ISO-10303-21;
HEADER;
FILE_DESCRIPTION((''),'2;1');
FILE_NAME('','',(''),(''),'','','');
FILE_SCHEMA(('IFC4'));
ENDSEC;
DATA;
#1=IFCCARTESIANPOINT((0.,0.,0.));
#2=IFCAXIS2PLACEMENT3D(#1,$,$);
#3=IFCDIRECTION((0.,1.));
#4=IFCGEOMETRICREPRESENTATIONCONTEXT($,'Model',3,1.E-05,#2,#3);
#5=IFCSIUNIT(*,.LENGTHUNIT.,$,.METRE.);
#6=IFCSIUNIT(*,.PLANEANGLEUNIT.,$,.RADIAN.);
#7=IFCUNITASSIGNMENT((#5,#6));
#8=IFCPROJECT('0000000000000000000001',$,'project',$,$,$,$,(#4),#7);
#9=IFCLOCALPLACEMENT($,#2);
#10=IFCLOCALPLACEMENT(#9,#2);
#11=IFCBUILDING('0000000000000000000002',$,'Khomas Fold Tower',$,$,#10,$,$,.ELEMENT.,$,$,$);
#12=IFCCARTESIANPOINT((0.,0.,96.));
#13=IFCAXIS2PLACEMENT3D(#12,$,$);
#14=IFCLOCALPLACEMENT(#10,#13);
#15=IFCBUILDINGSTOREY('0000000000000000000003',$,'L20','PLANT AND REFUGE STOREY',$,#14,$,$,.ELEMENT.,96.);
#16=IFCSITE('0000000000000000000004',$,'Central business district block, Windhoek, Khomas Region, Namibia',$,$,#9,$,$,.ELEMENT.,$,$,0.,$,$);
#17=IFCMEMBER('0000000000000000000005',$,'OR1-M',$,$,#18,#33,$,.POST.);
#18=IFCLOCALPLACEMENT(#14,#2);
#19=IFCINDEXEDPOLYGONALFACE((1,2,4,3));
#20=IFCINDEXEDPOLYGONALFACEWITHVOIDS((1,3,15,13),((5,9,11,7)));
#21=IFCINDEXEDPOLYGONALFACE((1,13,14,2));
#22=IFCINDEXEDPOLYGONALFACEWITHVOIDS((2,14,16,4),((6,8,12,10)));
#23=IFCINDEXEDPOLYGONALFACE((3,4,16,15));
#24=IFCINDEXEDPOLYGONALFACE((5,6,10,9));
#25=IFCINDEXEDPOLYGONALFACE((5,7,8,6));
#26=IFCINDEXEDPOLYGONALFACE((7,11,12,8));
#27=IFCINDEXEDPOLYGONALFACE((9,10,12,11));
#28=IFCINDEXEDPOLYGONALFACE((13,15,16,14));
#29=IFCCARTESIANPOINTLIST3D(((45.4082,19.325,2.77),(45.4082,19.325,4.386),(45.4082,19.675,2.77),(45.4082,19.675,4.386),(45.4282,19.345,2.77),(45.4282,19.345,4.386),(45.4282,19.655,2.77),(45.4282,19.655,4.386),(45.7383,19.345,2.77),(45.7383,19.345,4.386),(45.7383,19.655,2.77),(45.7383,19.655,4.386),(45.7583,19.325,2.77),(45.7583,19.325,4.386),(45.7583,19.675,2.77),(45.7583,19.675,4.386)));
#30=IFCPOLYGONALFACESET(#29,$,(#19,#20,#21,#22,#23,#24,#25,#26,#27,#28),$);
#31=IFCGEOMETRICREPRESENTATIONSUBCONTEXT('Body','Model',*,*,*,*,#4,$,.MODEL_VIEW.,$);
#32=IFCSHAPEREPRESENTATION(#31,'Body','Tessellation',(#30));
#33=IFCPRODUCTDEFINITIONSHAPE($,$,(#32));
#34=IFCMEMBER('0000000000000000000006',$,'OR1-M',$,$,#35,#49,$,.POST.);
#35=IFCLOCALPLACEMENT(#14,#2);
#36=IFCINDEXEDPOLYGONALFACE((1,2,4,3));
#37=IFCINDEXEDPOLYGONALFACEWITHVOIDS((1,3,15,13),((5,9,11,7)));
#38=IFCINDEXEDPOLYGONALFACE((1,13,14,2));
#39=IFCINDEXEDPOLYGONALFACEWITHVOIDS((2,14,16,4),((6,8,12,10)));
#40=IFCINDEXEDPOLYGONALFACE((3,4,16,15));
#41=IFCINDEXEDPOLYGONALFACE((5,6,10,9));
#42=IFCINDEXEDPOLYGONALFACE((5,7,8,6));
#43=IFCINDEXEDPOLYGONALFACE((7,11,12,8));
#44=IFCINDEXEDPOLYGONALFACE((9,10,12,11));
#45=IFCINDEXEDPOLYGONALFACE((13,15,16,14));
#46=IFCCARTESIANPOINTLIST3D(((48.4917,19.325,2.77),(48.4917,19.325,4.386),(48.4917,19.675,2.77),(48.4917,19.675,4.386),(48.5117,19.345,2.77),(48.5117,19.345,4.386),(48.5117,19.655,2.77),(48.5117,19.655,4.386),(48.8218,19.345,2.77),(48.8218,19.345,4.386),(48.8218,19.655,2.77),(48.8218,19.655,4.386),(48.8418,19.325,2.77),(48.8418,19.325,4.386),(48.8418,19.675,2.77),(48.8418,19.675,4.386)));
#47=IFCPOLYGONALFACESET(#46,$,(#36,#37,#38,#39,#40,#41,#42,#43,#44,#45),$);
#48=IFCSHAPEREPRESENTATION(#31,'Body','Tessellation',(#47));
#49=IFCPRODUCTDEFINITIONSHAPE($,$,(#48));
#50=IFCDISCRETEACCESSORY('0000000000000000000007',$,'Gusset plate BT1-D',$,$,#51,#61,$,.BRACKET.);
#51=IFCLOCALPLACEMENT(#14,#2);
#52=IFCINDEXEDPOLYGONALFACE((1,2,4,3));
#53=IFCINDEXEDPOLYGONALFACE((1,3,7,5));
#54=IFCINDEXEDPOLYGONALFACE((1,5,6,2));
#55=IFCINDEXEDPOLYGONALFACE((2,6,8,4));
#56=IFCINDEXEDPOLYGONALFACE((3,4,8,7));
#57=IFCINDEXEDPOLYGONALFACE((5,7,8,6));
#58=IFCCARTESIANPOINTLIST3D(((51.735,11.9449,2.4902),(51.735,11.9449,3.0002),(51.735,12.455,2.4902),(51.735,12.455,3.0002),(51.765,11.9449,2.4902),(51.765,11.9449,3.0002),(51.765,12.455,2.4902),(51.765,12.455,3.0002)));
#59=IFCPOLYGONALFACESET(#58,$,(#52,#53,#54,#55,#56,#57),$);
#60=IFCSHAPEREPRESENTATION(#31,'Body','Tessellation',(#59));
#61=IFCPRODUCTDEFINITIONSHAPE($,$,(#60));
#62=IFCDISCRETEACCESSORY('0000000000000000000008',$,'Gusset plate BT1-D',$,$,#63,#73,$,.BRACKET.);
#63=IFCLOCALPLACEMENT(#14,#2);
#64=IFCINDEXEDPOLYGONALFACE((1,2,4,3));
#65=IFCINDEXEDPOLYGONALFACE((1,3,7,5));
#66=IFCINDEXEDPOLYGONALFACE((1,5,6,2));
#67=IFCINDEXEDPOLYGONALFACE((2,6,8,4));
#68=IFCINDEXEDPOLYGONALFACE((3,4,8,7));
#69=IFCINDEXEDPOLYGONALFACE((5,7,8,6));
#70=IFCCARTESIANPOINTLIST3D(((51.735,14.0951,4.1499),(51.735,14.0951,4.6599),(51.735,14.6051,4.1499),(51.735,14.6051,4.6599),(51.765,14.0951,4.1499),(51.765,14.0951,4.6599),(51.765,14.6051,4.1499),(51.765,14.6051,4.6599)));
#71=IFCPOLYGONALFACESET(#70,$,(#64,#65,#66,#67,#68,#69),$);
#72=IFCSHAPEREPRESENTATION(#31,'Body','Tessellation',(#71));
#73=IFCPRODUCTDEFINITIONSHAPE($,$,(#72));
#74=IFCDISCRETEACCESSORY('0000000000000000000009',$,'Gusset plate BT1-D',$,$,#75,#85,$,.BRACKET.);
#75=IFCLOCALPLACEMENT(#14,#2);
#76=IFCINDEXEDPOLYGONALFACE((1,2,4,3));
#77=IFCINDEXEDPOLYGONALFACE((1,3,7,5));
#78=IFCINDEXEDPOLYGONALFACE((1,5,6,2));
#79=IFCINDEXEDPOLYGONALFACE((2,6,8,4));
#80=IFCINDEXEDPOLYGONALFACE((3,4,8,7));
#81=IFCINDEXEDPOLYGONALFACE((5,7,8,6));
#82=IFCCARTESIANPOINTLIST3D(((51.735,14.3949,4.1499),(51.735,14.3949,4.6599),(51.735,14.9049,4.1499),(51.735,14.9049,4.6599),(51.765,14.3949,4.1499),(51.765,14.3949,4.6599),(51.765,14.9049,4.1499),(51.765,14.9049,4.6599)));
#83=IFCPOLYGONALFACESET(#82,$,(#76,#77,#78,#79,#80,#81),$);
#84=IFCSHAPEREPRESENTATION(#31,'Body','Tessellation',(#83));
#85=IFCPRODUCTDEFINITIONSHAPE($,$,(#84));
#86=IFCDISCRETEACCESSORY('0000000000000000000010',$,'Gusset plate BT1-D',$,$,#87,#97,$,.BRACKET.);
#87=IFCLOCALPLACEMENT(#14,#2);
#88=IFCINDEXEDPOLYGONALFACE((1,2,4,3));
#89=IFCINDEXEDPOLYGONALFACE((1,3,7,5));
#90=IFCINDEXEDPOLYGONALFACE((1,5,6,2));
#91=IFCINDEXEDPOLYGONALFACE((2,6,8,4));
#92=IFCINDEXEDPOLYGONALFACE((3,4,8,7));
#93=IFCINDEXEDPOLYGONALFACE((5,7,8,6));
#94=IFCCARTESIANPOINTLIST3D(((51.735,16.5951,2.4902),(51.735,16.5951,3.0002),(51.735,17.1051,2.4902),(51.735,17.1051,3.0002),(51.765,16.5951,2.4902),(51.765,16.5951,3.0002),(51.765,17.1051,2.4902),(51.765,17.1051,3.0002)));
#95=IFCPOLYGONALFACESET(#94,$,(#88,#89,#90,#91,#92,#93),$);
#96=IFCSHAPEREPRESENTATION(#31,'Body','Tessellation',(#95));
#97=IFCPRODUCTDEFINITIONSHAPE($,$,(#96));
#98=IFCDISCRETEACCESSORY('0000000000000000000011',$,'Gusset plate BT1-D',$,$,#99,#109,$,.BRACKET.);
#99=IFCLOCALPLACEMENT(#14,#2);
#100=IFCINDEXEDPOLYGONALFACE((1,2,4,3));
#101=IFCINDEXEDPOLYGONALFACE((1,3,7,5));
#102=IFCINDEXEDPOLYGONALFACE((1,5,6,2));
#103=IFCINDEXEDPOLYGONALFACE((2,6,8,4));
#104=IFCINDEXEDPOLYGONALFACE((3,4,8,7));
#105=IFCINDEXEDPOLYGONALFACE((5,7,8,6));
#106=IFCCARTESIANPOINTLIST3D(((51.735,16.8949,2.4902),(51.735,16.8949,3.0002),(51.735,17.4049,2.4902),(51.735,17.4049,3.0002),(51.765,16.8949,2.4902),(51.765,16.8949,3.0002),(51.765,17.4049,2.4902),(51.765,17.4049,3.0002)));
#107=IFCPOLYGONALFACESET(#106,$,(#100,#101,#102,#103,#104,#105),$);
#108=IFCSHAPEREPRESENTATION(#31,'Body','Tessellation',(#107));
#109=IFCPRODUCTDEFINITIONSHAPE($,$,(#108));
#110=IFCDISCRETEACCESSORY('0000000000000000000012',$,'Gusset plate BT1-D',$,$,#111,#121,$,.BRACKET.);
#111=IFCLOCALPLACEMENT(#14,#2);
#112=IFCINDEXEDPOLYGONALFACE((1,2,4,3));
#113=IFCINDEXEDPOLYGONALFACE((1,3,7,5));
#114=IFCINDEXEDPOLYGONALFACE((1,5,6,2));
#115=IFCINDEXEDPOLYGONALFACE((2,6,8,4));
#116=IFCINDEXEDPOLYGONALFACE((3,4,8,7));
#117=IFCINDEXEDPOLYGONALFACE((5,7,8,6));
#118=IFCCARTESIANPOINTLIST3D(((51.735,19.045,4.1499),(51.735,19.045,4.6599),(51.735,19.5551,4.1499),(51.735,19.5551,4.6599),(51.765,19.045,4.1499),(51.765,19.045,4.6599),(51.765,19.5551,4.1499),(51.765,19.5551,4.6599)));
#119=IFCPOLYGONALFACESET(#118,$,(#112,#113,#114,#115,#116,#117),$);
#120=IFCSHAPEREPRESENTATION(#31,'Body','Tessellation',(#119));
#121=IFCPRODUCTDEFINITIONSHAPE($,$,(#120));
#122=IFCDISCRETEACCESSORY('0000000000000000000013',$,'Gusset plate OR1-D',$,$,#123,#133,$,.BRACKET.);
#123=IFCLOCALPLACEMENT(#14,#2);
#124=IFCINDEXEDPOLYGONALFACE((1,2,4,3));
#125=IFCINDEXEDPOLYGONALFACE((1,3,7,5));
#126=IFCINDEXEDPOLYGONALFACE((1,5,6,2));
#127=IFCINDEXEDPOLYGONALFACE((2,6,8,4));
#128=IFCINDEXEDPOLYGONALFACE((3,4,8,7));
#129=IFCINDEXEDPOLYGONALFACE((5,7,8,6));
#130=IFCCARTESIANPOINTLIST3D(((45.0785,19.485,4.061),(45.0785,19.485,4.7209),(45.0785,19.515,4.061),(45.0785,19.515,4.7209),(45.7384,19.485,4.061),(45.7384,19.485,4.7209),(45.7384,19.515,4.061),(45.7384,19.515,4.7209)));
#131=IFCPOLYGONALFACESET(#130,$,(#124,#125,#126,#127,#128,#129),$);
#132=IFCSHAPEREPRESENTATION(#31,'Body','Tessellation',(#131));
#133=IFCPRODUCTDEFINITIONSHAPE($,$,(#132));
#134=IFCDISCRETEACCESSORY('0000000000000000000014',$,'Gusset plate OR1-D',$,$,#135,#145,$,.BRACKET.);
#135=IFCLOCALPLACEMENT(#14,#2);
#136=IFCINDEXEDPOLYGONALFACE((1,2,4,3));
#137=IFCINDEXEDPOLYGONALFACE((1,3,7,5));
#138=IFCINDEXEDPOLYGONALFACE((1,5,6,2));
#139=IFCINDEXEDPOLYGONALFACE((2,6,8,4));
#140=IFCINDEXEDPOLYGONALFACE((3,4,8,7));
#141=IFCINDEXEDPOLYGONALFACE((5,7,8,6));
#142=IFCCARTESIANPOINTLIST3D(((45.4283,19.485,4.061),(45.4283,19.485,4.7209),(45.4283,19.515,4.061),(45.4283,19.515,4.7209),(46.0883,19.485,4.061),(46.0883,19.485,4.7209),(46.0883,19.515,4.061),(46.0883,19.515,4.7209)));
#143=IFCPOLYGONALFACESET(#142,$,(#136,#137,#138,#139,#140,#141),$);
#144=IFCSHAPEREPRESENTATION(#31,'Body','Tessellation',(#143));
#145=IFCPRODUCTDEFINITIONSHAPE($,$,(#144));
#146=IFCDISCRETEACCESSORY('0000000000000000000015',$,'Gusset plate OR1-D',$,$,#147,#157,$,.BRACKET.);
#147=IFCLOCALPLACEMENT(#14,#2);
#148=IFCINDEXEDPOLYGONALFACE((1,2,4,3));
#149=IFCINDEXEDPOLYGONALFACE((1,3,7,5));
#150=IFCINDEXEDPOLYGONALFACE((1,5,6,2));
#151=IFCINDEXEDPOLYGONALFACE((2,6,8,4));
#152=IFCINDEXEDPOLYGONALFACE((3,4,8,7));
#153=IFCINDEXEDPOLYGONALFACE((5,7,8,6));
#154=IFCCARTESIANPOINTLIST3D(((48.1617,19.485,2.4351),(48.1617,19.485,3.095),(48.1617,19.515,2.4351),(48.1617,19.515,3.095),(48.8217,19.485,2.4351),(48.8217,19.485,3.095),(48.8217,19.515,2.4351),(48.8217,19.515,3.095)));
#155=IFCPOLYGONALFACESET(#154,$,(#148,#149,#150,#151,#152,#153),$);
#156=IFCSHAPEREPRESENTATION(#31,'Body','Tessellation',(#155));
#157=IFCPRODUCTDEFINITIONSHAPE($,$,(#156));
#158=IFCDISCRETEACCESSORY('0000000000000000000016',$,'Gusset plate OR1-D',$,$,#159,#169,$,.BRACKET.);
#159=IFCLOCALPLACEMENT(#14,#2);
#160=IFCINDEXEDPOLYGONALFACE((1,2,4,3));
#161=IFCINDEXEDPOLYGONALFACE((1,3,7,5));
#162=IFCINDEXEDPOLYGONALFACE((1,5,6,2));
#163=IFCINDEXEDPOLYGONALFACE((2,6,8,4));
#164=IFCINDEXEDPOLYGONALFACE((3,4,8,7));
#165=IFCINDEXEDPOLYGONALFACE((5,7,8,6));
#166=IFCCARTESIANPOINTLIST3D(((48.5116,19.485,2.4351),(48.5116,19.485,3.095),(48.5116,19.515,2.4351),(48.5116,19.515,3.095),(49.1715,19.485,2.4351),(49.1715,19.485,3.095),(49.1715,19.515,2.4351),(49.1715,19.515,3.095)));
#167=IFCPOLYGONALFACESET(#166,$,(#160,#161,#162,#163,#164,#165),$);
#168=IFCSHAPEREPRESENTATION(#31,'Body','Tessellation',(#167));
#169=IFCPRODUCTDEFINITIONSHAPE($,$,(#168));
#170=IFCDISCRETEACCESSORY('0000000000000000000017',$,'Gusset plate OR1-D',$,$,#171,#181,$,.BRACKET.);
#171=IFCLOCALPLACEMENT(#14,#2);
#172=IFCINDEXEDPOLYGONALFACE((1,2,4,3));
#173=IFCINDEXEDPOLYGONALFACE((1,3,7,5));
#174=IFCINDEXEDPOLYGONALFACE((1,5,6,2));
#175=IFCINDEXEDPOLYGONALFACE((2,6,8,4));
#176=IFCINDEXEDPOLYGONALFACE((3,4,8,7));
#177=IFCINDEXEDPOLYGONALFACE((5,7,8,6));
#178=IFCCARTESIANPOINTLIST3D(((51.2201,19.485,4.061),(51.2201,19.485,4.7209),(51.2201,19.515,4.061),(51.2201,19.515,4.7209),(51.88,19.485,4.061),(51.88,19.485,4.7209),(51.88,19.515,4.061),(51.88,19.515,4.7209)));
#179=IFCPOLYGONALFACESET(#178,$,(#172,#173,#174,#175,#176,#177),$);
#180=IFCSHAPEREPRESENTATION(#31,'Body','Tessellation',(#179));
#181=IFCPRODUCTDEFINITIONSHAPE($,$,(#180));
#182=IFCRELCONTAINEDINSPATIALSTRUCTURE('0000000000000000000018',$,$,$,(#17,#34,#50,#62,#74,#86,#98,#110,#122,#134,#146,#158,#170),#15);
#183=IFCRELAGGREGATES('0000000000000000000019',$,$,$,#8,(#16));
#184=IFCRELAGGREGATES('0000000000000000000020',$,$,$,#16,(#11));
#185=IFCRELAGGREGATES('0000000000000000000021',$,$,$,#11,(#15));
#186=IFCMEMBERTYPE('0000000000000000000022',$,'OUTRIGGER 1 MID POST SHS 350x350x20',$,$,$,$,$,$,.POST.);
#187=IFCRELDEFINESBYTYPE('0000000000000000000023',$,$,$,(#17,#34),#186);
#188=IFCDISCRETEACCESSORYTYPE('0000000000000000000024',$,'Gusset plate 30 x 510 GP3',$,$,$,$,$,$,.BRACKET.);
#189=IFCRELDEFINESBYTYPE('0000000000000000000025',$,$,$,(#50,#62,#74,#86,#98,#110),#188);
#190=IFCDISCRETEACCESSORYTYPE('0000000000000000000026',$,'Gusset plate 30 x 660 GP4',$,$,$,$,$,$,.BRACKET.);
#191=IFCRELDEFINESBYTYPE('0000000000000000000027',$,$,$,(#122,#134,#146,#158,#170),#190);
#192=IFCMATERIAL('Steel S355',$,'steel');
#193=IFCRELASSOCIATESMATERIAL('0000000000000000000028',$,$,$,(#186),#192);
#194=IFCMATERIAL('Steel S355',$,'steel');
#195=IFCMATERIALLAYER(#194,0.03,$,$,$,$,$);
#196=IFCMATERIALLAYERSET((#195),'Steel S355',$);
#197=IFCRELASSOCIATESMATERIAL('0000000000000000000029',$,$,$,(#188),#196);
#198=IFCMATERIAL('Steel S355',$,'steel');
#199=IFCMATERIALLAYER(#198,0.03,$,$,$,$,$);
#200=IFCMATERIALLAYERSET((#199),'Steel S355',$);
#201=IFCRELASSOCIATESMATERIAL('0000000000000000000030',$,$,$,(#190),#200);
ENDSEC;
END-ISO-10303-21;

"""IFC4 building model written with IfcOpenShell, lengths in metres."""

from ifc_helpers import new_model, si_unit, direction, frame, origin, origin_2d, place, context, subcontext, project, spatial, rectangle, hollow_rectangle, extrude, source, transform, mapped, material, layer, layer_set, material_profile, profile_set, type_object, element, save


model = new_model("IFC4")

# Units and contexts
model_context = context("Model", 3, precision=1e-05, world=origin(), true_north=direction((0.0, 1.0)))
body_context = subcontext(model_context, "Body", "Model", "MODEL_VIEW")
ifc_project = project(units=[si_unit("LENGTHUNIT", "METRE"), si_unit("PLANEANGLEUNIT", "RADIAN")], contexts=[model_context])

# Site, building, storey
site_placement = place(None, origin())
site = spatial("IfcSite", under=ifc_project, at=site_placement, Name="Central business district block, Windhoek, Khomas Region, Namibia", CompositionType="ELEMENT", RefElevation=0.0)
building_placement = place(site_placement, origin())
building = spatial("IfcBuilding", under=site, at=building_placement, Name="Khomas Fold Tower", CompositionType="ELEMENT")
storey_placement = place(building_placement, frame((0.0, 0.0, 96.0)))
storey = spatial("IfcBuildingStorey", under=building, at=storey_placement, Name="L20", Description="PLANT AND REFUGE STOREY", CompositionType="ELEMENT", Elevation=96.0)

# Members
ifc_material_1 = material(Name="Steel S355", Category="steel")
ifc_material_profile_1 = material_profile(ifc_material_1, hollow_rectangle(XDim=0.3501, YDim=0.3501, WallThickness=0.02, at=origin_2d()), Name="SHS 350x350x20")
ifc_profile_set_1 = profile_set([ifc_material_profile_1], Name="Steel S355")
member_type_1 = type_object("IfcMemberType", Name="OUTRIGGER 1 MID POST SHS 350x350x20", PredefinedType="POST", material=ifc_profile_set_1)
shared_shape_1 = source(origin(), body_context, "Body", "SweptSolid", [
    extrude(hollow_rectangle(XDim=0.3501, YDim=0.3501, WallThickness=0.02, at=origin_2d()), origin(), (0.0, 0.0, 1.0), 1.616),
])
for number, where, z_axis, x_axis, name in (
    (1, (45.5833, 19.5, 2.77), (0.0, 0.0, 1.0), (1.0, 0.0, 0.0), "OR1-M"),
    (2, (48.6667, 19.5, 2.77), (0.0, 0.0, 1.0), (1.0, 0.0, 0.0), "OR1-M"),
):
    element("IfcMember", number, at=place(storey_placement, frame(where, z_axis=z_axis, x_axis=x_axis)), inside=storey, type_object=member_type_1, Name=name, PredefinedType="POST", context=body_context, shape_type="MappedRepresentation", body=[
        mapped(shared_shape_1, transform((0.0, 0.0, 0.0))),
    ])

# Discrete accessories
ifc_material_2 = material(Name="Steel S355", Category="steel")
ifc_layer_1 = layer(ifc_material_2, 0.03)
ifc_layer_set_1 = layer_set([ifc_layer_1], Name="Steel S355")
discrete_accessory_type_1 = type_object("IfcDiscreteAccessoryType", Name="Gusset plate 30 x 510 GP3", PredefinedType="BRACKET", material=ifc_layer_set_1)
shared_shape_2 = source(origin(), body_context, "Body", "SweptSolid", [
    extrude(rectangle(XDim=0.51, YDim=0.03, at=origin_2d()), origin(), (0.0, 0.0, 1.0), 0.51),
])
for number, where, z_axis, x_axis, name in (
    (3, (51.75, 12.2, 2.4902), (0.0, 0.0, 1.0), (0.0, 1.0, 0.0), "Gusset plate BT1-D"),
    (4, (51.75, 14.3501, 4.1499), (0.0, 0.0, 1.0), (0.0, 1.0, 0.0), "Gusset plate BT1-D"),
    (5, (51.75, 14.6499, 4.1499), (0.0, 0.0, 1.0), (0.0, 1.0, 0.0), "Gusset plate BT1-D"),
    (6, (51.75, 16.8501, 2.4902), (0.0, 0.0, 1.0), (0.0, 1.0, 0.0), "Gusset plate BT1-D"),
    (7, (51.75, 17.1499, 2.4902), (0.0, 0.0, 1.0), (0.0, 1.0, 0.0), "Gusset plate BT1-D"),
    (8, (51.75, 19.3, 4.1499), (0.0, 0.0, 1.0), (0.0, 1.0, 0.0), "Gusset plate BT1-D"),
):
    element("IfcDiscreteAccessory", number, at=place(storey_placement, frame(where, z_axis=z_axis, x_axis=x_axis)), inside=storey, type_object=discrete_accessory_type_1, Name=name, PredefinedType="BRACKET", context=body_context, shape_type="MappedRepresentation", body=[
        mapped(shared_shape_2, transform((0.0, 0.0, 0.0))),
    ])
ifc_material_3 = material(Name="Steel S355", Category="steel")
ifc_layer_2 = layer(ifc_material_3, 0.03)
ifc_layer_set_2 = layer_set([ifc_layer_2], Name="Steel S355")
discrete_accessory_type_2 = type_object("IfcDiscreteAccessoryType", Name="Gusset plate 30 x 660 GP4", PredefinedType="BRACKET", material=ifc_layer_set_2)
shared_shape_3 = source(origin(), body_context, "Body", "SweptSolid", [
    extrude(rectangle(XDim=0.6599, YDim=0.03, at=origin_2d()), origin(), (0.0, 0.0, 1.0), 0.6599),
])
for number, where, z_axis, x_axis, name in (
    (9, (45.4084, 19.5, 4.061), (0.0, 0.0, 1.0), (1.0, 0.0, 0.0), "Gusset plate OR1-D"),
    (10, (45.7583, 19.5, 4.061), (0.0, 0.0, 1.0), (1.0, 0.0, 0.0), "Gusset plate OR1-D"),
    (11, (48.4917, 19.5, 2.4351), (0.0, 0.0, 1.0), (1.0, 0.0, 0.0), "Gusset plate OR1-D"),
    (12, (48.8416, 19.5, 2.4351), (0.0, 0.0, 1.0), (1.0, 0.0, 0.0), "Gusset plate OR1-D"),
    (13, (51.55, 19.5, 4.061), (0.0, 0.0, 1.0), (1.0, 0.0, 0.0), "Gusset plate OR1-D"),
):
    element("IfcDiscreteAccessory", number, at=place(storey_placement, frame(where, z_axis=z_axis, x_axis=x_axis)), inside=storey, type_object=discrete_accessory_type_2, Name=name, PredefinedType="BRACKET", context=body_context, shape_type="MappedRepresentation", body=[
        mapped(shared_shape_3, transform((0.0, 0.0, 0.0))),
    ])

save(model, "model.ifc")
